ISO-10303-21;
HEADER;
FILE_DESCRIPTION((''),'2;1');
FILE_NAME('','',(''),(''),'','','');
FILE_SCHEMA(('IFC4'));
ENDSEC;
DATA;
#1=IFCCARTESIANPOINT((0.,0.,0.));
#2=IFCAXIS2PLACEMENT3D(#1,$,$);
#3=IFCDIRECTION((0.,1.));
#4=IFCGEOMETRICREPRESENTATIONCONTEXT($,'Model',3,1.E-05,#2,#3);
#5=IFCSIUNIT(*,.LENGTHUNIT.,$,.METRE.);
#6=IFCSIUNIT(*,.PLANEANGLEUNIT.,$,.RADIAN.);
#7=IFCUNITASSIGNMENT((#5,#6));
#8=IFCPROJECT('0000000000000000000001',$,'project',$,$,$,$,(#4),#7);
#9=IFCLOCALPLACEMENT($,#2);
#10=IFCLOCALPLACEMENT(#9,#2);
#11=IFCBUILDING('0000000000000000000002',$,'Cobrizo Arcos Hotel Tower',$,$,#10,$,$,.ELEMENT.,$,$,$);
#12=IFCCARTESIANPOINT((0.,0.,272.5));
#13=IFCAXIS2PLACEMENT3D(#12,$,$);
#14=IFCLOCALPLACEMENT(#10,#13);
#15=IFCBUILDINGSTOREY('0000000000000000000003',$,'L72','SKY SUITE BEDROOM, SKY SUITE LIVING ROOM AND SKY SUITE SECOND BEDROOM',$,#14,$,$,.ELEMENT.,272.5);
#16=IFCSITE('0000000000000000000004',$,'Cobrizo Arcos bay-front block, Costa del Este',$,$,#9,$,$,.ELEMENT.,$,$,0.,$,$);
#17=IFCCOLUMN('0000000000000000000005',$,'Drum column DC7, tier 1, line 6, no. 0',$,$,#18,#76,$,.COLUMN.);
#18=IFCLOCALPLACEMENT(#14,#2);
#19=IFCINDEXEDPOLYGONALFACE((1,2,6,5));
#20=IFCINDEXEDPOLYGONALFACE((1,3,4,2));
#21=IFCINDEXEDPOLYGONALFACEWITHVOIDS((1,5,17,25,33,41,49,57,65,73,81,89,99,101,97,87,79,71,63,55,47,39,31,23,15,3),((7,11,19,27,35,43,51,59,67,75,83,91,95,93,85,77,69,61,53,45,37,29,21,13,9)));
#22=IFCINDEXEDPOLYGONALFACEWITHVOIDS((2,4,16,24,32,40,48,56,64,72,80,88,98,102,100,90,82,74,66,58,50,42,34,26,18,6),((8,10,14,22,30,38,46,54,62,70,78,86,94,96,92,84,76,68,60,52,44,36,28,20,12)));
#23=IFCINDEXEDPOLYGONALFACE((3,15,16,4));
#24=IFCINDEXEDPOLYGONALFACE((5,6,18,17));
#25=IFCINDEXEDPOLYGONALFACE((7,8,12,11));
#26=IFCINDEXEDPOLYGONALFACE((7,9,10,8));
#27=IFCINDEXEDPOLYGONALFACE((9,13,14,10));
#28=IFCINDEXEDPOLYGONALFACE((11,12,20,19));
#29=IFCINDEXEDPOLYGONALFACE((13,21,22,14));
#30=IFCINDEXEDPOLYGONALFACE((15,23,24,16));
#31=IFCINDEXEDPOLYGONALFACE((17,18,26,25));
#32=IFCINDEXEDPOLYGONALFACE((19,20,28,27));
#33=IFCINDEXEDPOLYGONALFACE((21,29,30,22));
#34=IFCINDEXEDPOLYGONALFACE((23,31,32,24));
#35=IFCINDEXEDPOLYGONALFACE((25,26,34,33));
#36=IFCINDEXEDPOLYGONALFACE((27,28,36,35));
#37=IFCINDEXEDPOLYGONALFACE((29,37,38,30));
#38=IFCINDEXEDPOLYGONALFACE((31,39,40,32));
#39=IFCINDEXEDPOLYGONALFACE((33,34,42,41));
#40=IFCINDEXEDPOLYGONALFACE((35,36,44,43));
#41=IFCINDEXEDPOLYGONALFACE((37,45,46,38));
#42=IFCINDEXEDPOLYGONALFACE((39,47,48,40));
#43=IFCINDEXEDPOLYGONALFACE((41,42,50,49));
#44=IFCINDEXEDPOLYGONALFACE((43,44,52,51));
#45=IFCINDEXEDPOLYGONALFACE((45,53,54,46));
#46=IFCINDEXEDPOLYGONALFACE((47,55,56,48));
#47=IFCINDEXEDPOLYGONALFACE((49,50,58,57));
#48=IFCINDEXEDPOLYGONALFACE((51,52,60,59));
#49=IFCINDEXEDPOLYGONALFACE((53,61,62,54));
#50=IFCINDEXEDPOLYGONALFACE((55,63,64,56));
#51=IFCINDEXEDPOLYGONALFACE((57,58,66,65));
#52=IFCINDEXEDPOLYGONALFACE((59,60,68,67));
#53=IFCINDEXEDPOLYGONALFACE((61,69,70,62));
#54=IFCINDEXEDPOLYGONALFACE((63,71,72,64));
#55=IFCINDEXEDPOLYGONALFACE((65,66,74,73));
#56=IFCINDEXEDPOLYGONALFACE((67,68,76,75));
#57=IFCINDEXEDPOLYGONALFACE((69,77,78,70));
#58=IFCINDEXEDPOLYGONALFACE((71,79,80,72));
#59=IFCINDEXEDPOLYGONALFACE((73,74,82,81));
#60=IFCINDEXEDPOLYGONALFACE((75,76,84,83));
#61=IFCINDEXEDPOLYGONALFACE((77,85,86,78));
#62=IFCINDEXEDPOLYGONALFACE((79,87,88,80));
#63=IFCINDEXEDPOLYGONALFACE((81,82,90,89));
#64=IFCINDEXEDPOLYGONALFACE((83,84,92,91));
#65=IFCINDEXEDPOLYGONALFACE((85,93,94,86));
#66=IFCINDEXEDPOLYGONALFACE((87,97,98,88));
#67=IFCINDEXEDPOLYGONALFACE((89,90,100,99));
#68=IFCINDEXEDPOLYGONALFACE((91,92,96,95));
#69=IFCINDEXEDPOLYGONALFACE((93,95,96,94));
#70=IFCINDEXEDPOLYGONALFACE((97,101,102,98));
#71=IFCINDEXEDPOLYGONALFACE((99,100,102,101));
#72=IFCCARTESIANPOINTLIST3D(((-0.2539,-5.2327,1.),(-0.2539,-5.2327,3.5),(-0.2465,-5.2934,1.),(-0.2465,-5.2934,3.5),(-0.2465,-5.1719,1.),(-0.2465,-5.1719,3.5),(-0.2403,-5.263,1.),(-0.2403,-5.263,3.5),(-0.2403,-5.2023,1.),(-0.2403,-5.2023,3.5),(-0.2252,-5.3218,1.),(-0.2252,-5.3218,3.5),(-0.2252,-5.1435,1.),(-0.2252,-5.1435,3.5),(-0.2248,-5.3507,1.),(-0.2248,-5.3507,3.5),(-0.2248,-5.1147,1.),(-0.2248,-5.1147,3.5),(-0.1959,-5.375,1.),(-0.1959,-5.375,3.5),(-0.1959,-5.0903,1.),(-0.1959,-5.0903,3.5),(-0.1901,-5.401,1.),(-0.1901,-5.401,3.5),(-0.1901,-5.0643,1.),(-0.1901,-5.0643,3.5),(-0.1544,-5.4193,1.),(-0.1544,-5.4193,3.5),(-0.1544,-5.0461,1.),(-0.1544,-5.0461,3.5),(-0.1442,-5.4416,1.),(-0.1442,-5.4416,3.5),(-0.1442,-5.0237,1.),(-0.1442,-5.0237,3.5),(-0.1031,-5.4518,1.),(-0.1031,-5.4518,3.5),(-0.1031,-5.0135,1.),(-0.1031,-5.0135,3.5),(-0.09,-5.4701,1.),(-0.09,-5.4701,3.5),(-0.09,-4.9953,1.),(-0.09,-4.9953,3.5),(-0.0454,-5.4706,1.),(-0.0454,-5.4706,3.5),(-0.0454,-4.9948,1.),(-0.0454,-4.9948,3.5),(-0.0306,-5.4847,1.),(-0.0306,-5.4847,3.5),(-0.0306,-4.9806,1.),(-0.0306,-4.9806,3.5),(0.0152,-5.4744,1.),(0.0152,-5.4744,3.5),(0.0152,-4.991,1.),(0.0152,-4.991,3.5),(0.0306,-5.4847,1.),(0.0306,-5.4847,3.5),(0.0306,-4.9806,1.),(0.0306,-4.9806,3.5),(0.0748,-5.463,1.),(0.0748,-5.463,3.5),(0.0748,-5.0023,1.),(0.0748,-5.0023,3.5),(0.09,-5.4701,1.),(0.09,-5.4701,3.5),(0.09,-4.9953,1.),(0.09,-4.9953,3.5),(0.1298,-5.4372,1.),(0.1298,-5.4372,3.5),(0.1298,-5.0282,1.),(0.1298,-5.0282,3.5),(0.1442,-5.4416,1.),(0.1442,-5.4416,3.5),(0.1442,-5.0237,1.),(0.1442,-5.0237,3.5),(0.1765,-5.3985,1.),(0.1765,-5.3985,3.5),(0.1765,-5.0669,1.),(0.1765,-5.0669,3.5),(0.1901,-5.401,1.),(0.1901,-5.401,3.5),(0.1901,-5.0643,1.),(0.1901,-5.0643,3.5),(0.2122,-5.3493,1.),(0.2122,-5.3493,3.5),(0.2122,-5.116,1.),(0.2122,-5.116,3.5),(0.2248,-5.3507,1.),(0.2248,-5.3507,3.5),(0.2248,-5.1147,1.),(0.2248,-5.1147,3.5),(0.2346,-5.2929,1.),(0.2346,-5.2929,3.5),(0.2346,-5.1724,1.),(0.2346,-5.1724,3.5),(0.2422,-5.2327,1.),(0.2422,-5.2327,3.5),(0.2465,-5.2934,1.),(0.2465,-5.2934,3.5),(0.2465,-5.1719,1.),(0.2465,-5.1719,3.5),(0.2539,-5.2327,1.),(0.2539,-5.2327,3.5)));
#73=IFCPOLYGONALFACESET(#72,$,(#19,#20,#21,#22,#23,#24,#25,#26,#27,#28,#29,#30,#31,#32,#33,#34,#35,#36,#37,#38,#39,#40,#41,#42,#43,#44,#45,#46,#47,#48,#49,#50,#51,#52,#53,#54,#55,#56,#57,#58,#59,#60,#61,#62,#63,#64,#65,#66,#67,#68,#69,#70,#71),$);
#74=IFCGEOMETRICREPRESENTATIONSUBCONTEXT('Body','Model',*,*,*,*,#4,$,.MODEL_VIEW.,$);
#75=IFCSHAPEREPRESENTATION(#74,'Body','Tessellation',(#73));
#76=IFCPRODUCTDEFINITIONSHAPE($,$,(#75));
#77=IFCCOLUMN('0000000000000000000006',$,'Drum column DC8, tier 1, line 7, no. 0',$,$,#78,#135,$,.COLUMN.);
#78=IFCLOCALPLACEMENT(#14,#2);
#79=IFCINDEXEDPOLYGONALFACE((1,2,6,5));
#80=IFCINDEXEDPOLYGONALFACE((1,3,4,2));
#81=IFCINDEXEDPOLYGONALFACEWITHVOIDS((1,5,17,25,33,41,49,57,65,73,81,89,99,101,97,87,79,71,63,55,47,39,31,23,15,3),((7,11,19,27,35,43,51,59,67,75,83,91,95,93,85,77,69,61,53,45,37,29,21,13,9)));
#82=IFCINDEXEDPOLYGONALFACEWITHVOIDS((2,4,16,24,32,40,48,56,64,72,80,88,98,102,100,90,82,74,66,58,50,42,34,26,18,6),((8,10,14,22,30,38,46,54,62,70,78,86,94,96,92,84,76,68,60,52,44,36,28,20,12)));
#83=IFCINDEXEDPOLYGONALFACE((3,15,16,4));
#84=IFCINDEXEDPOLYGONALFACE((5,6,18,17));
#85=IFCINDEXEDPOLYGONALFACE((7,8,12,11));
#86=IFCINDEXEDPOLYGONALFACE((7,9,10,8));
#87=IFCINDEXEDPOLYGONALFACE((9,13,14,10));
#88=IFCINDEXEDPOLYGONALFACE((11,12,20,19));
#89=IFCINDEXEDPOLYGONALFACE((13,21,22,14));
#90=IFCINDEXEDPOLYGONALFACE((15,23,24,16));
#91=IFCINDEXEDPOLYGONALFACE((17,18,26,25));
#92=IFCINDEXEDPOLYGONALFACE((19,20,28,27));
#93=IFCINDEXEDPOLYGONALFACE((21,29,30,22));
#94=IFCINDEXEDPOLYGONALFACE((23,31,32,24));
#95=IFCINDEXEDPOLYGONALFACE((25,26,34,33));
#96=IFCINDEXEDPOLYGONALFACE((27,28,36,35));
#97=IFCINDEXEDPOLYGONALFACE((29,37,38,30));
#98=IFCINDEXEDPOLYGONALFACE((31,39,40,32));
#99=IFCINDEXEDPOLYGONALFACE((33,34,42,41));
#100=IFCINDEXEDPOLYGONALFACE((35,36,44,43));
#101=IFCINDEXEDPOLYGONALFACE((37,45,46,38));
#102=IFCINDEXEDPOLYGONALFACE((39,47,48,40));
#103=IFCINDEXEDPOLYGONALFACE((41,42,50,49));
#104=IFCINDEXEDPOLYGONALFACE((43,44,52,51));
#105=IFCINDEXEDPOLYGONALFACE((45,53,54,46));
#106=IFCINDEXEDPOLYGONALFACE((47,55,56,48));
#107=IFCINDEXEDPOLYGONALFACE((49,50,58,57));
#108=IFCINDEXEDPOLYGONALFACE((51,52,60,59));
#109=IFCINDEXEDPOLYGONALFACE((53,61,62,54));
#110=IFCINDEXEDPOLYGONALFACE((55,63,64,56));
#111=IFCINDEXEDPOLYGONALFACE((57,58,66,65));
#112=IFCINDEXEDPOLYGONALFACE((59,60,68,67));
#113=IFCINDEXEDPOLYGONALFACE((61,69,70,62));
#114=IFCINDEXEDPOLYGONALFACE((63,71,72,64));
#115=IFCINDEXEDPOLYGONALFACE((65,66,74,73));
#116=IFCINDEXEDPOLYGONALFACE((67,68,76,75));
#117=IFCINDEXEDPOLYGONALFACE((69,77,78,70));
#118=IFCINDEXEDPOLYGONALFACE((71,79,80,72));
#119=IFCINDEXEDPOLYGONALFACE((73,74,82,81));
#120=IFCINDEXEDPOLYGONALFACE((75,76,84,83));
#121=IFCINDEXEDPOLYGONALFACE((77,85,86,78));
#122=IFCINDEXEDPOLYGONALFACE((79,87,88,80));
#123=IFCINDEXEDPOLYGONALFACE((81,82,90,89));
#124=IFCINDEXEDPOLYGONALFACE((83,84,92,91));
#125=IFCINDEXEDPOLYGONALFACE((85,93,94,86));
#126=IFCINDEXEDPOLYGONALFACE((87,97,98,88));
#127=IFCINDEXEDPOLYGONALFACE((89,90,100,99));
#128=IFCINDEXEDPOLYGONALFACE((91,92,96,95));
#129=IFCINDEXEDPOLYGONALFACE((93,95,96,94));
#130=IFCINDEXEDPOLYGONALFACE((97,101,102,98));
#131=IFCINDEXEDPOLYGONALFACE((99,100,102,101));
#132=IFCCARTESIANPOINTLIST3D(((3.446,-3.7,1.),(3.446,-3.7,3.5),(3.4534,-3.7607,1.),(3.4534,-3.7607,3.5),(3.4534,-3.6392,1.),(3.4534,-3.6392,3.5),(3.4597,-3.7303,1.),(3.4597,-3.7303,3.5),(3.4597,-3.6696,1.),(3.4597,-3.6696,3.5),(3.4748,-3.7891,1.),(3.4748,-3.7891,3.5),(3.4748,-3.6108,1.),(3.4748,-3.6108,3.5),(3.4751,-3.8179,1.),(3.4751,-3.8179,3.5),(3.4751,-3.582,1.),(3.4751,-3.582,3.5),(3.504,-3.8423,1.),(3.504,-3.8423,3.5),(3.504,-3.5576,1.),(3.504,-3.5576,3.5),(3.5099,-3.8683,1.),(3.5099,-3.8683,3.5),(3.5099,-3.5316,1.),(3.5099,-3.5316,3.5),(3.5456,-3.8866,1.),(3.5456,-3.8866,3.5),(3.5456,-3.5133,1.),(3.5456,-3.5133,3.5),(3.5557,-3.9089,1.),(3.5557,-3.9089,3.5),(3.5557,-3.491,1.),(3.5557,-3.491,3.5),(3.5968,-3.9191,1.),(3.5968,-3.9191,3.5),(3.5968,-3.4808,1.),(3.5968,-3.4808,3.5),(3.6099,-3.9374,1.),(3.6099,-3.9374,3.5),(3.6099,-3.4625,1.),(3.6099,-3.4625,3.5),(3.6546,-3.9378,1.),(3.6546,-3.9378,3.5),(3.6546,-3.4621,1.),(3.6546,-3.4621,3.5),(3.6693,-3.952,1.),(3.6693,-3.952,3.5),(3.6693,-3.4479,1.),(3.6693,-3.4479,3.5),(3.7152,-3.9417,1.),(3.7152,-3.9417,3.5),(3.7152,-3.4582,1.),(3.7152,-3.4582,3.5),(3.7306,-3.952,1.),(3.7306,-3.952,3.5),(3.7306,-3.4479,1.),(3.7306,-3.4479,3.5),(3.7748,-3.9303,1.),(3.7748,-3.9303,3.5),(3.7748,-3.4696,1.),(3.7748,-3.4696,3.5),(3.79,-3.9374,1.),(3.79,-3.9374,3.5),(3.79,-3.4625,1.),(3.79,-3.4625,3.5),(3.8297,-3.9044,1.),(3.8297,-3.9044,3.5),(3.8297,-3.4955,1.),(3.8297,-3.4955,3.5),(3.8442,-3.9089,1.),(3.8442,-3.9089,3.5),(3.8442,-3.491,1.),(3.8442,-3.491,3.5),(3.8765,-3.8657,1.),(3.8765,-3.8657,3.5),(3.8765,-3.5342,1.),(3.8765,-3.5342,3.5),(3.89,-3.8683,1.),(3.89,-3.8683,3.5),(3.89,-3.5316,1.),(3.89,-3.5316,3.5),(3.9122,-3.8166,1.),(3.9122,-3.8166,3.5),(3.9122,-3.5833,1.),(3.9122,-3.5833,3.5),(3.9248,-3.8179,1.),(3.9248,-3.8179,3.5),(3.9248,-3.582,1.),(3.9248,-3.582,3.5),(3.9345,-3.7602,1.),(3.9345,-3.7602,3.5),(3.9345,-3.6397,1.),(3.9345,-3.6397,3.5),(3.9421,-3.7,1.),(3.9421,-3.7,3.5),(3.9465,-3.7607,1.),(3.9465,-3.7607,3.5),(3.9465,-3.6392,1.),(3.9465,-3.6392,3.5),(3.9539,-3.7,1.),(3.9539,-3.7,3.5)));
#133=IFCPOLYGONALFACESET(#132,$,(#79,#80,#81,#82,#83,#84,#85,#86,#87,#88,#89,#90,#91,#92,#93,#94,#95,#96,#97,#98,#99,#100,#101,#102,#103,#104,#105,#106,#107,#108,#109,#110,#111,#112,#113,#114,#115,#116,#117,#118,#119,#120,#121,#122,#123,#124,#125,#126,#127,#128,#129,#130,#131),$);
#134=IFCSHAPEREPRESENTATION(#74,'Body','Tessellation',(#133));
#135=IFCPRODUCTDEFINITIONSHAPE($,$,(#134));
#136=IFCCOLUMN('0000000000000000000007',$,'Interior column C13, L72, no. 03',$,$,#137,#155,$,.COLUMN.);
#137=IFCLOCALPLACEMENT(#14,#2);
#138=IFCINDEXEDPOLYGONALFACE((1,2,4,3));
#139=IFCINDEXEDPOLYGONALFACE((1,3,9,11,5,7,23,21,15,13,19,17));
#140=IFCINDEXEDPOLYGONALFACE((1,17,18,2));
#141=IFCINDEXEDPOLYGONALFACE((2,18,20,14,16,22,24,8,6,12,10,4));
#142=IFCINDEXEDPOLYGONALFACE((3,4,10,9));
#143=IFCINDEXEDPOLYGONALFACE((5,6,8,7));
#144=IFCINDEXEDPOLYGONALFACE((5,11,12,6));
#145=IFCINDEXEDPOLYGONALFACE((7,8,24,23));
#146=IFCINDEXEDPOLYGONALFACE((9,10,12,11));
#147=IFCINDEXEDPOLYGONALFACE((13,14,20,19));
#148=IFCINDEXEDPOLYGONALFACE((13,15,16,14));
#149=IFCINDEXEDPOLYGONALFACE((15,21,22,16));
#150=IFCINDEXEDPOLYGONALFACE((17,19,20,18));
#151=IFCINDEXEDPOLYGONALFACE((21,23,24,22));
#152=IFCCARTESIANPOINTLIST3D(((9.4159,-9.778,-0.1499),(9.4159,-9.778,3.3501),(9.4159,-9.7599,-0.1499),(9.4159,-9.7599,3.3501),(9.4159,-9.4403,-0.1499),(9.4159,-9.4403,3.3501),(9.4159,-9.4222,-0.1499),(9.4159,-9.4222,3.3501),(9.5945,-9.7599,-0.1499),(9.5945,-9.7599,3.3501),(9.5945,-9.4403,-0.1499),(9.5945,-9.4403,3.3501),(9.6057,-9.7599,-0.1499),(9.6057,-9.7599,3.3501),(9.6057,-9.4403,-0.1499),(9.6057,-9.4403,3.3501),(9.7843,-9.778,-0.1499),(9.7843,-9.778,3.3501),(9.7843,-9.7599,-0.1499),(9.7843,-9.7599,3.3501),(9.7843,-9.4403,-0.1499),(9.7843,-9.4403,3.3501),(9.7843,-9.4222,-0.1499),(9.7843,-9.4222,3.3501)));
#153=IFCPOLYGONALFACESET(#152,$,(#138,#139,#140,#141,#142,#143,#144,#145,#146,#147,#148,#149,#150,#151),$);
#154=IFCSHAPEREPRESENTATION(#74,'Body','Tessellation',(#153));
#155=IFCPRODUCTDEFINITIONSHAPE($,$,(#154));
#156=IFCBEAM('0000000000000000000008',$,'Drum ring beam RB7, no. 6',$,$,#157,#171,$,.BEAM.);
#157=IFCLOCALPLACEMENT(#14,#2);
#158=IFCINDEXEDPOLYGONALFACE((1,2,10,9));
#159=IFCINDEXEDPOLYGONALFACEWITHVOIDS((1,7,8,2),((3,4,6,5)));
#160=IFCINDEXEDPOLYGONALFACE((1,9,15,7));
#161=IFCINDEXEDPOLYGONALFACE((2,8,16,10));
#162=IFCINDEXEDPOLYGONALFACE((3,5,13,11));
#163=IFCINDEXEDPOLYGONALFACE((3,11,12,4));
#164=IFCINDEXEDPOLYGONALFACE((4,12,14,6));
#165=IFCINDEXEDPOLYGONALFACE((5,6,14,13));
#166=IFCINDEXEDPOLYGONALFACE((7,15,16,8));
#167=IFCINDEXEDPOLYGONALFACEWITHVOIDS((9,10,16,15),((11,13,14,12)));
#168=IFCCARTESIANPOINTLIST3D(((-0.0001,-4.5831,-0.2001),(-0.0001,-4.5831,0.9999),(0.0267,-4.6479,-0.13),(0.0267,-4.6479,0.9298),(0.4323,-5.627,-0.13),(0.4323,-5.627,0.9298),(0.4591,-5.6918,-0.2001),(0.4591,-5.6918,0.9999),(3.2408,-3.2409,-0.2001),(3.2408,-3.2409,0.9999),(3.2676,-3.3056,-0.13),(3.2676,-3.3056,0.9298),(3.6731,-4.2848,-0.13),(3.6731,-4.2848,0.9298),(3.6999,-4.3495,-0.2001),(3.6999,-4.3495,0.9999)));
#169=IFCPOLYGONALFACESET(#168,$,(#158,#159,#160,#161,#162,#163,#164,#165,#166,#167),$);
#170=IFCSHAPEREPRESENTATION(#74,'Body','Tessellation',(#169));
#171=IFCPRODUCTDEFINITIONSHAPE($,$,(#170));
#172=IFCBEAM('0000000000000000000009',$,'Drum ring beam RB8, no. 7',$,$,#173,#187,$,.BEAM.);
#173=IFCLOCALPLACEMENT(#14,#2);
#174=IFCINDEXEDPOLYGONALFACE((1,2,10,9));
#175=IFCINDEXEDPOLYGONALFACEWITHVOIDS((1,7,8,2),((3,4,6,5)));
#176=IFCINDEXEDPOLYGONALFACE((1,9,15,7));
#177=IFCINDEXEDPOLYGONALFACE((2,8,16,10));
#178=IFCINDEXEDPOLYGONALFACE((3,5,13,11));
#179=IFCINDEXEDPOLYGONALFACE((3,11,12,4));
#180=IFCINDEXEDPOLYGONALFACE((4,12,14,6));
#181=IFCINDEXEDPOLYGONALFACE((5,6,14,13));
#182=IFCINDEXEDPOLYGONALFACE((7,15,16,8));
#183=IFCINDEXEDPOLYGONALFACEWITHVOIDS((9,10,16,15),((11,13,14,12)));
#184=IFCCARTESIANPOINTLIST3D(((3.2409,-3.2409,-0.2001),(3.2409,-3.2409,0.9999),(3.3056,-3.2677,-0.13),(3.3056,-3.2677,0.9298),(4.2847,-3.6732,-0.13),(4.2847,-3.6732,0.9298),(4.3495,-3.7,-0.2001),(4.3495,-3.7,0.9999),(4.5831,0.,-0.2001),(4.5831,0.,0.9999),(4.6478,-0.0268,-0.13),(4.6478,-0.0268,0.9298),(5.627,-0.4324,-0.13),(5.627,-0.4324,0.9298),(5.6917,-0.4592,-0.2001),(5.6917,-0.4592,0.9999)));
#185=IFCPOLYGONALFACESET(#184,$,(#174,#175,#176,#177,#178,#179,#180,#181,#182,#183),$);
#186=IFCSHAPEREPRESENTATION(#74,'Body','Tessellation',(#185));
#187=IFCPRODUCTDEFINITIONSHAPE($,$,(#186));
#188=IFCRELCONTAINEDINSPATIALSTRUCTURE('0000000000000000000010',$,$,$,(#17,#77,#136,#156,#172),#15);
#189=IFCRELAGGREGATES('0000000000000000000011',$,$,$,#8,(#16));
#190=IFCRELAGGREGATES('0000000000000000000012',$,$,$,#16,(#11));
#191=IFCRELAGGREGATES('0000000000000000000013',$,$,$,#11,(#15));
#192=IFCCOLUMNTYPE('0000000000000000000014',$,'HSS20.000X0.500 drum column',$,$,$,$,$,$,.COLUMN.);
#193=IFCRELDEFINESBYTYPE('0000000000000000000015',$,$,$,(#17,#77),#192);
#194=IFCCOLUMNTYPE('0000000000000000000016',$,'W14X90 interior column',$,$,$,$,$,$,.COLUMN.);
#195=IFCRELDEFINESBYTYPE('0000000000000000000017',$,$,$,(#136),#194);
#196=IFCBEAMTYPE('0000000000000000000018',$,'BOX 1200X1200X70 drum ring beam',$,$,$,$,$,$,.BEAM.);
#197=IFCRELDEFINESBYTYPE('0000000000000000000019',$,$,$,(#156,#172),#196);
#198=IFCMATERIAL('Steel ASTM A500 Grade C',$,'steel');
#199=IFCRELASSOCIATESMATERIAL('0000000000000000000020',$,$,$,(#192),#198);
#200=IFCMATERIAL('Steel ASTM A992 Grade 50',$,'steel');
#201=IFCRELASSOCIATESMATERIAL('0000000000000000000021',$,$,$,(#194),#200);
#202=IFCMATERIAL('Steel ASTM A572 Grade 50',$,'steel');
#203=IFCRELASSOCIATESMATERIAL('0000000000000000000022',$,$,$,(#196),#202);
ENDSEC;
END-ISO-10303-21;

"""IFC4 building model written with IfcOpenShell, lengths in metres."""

from ifc_helpers import new_model, si_unit, direction, frame, origin, origin_2d, place, context, subcontext, project, spatial, hollow_rectangle, hollow_circle, i_section, extrude, material, material_profile, profile_set, type_object, element, save


model = new_model("IFC4")

# Units and contexts
model_context = context("Model", 3, precision=1e-05, world=origin(), true_north=direction((0.0, 1.0)))
body_context = subcontext(model_context, "Body", "Model", "MODEL_VIEW")
ifc_project = project(units=[si_unit("LENGTHUNIT", "METRE"), si_unit("PLANEANGLEUNIT", "RADIAN")], contexts=[model_context])

# Site, building, storey
site_placement = place(None, origin())
site = spatial("IfcSite", under=ifc_project, at=site_placement, Name="Cobrizo Arcos bay-front block, Costa del Este", CompositionType="ELEMENT", RefElevation=0.0)
building_placement = place(site_placement, origin())
building = spatial("IfcBuilding", under=site, at=building_placement, Name="Cobrizo Arcos Hotel Tower", CompositionType="ELEMENT")
storey_placement = place(building_placement, frame((0.0, 0.0, 272.5)))
storey = spatial("IfcBuildingStorey", under=building, at=storey_placement, Name="L72", Description="SKY SUITE BEDROOM, SKY SUITE LIVING ROOM AND SKY SUITE SECOND BEDROOM", CompositionType="ELEMENT", Elevation=272.5)

# Columns
ifc_material_1 = material(Name="Steel ASTM A500 Grade C", Category="steel")
ifc_material_profile_1 = material_profile(ifc_material_1, hollow_circle(Radius=0.2539, WallThickness=0.0117, at=origin_2d()), Name="HSS20.000X0.500")
ifc_profile_set_1 = profile_set([ifc_material_profile_1], Name="Steel ASTM A500 Grade C")
column_type_1 = type_object("IfcColumnType", Name="HSS20.000X0.500 drum column", PredefinedType="COLUMN", material=ifc_profile_set_1)
for number, where, z_axis, x_axis, name in (
    (1, (0.0, -5.2327, 1.0), (0.0, 0.0, 1.0), (1.0, 0.0, 0.0), "Drum column DC7, tier 1, line 6, no. 0"),
    (2, (3.7, -3.7, 1.0), (0.0, 0.0, 1.0), (1.0, 0.0, 0.0), "Drum column DC8, tier 1, line 7, no. 0"),
):
    element("IfcColumn", number, at=place(storey_placement, frame(where, z_axis=z_axis, x_axis=x_axis)), inside=storey, type_object=column_type_1, Name=name, PredefinedType="COLUMN", context=body_context, shape_type="SweptSolid", body=[
        extrude(hollow_circle(Radius=0.2539, WallThickness=0.0117, at=origin_2d()), origin(), (0.0, 0.0, 1.0), 2.5),
    ])
ifc_material_2 = material(Name="Steel ASTM A992 Grade 50", Category="steel")
ifc_material_profile_2 = material_profile(ifc_material_2, i_section(OverallWidth=0.3684, OverallDepth=0.3557, WebThickness=0.0112, FlangeThickness=0.0181, at=origin_2d()), Name="W14X90")
ifc_profile_set_2 = profile_set([ifc_material_profile_2], Name="Steel ASTM A992 Grade 50")
column_type_2 = type_object("IfcColumnType", Name="W14X90 interior column", PredefinedType="COLUMN", material=ifc_profile_set_2)
column_placement = place(storey_placement, frame((9.6001, -9.6001, -0.1499), z_axis=(0.0, 0.0, 1.0), x_axis=(1.0, 0.0, 0.0)))
element("IfcColumn", 3, at=column_placement, inside=storey, type_object=column_type_2, Name="Interior column C13, L72, no. 03", PredefinedType="COLUMN", context=body_context, shape_type="SweptSolid", body=[
    extrude(i_section(OverallWidth=0.3684, OverallDepth=0.3557, WebThickness=0.0112, FlangeThickness=0.0181, at=origin_2d()), origin(), (0.0, 0.0, 1.0), 3.5),
])

# Beams
ifc_material_3 = material(Name="Steel ASTM A572 Grade 50", Category="steel")
ifc_material_profile_3 = material_profile(ifc_material_3, hollow_rectangle(XDim=1.2, YDim=1.2, WallThickness=0.0701, at=origin_2d()), Name="BOX 1200X1200X70")
ifc_profile_set_3 = profile_set([ifc_material_profile_3], Name="Steel ASTM A572 Grade 50")
beam_type_1 = type_object("IfcBeamType", Name="BOX 1200X1200X70 drum ring beam", PredefinedType="BEAM", material=ifc_profile_set_3)
for number, where, z_axis, x_axis, name in (
    (4, (0.2295, -5.1375, 0.3999), (0.923896, 0.382643, 0.0), (-0.382643, 0.923896, 0.0), "Drum ring beam RB7, no. 6"),
    (5, (3.7952, -3.4705, 0.3999), (0.382643, 0.923896, 0.0), (-0.923896, 0.382643, 0.0), "Drum ring beam RB8, no. 7"),
):
    element("IfcBeam", number, at=place(storey_placement, frame(where, z_axis=z_axis, x_axis=x_axis)), inside=storey, type_object=beam_type_1, Name=name, PredefinedType="BEAM", context=body_context, shape_type="SweptSolid", body=[
        extrude(hollow_rectangle(XDim=1.2, YDim=1.2, WallThickness=0.0701, at=origin_2d()), origin(), (0.0, 0.0, 1.0), 3.5078),
    ])

save(model, "model.ifc")
